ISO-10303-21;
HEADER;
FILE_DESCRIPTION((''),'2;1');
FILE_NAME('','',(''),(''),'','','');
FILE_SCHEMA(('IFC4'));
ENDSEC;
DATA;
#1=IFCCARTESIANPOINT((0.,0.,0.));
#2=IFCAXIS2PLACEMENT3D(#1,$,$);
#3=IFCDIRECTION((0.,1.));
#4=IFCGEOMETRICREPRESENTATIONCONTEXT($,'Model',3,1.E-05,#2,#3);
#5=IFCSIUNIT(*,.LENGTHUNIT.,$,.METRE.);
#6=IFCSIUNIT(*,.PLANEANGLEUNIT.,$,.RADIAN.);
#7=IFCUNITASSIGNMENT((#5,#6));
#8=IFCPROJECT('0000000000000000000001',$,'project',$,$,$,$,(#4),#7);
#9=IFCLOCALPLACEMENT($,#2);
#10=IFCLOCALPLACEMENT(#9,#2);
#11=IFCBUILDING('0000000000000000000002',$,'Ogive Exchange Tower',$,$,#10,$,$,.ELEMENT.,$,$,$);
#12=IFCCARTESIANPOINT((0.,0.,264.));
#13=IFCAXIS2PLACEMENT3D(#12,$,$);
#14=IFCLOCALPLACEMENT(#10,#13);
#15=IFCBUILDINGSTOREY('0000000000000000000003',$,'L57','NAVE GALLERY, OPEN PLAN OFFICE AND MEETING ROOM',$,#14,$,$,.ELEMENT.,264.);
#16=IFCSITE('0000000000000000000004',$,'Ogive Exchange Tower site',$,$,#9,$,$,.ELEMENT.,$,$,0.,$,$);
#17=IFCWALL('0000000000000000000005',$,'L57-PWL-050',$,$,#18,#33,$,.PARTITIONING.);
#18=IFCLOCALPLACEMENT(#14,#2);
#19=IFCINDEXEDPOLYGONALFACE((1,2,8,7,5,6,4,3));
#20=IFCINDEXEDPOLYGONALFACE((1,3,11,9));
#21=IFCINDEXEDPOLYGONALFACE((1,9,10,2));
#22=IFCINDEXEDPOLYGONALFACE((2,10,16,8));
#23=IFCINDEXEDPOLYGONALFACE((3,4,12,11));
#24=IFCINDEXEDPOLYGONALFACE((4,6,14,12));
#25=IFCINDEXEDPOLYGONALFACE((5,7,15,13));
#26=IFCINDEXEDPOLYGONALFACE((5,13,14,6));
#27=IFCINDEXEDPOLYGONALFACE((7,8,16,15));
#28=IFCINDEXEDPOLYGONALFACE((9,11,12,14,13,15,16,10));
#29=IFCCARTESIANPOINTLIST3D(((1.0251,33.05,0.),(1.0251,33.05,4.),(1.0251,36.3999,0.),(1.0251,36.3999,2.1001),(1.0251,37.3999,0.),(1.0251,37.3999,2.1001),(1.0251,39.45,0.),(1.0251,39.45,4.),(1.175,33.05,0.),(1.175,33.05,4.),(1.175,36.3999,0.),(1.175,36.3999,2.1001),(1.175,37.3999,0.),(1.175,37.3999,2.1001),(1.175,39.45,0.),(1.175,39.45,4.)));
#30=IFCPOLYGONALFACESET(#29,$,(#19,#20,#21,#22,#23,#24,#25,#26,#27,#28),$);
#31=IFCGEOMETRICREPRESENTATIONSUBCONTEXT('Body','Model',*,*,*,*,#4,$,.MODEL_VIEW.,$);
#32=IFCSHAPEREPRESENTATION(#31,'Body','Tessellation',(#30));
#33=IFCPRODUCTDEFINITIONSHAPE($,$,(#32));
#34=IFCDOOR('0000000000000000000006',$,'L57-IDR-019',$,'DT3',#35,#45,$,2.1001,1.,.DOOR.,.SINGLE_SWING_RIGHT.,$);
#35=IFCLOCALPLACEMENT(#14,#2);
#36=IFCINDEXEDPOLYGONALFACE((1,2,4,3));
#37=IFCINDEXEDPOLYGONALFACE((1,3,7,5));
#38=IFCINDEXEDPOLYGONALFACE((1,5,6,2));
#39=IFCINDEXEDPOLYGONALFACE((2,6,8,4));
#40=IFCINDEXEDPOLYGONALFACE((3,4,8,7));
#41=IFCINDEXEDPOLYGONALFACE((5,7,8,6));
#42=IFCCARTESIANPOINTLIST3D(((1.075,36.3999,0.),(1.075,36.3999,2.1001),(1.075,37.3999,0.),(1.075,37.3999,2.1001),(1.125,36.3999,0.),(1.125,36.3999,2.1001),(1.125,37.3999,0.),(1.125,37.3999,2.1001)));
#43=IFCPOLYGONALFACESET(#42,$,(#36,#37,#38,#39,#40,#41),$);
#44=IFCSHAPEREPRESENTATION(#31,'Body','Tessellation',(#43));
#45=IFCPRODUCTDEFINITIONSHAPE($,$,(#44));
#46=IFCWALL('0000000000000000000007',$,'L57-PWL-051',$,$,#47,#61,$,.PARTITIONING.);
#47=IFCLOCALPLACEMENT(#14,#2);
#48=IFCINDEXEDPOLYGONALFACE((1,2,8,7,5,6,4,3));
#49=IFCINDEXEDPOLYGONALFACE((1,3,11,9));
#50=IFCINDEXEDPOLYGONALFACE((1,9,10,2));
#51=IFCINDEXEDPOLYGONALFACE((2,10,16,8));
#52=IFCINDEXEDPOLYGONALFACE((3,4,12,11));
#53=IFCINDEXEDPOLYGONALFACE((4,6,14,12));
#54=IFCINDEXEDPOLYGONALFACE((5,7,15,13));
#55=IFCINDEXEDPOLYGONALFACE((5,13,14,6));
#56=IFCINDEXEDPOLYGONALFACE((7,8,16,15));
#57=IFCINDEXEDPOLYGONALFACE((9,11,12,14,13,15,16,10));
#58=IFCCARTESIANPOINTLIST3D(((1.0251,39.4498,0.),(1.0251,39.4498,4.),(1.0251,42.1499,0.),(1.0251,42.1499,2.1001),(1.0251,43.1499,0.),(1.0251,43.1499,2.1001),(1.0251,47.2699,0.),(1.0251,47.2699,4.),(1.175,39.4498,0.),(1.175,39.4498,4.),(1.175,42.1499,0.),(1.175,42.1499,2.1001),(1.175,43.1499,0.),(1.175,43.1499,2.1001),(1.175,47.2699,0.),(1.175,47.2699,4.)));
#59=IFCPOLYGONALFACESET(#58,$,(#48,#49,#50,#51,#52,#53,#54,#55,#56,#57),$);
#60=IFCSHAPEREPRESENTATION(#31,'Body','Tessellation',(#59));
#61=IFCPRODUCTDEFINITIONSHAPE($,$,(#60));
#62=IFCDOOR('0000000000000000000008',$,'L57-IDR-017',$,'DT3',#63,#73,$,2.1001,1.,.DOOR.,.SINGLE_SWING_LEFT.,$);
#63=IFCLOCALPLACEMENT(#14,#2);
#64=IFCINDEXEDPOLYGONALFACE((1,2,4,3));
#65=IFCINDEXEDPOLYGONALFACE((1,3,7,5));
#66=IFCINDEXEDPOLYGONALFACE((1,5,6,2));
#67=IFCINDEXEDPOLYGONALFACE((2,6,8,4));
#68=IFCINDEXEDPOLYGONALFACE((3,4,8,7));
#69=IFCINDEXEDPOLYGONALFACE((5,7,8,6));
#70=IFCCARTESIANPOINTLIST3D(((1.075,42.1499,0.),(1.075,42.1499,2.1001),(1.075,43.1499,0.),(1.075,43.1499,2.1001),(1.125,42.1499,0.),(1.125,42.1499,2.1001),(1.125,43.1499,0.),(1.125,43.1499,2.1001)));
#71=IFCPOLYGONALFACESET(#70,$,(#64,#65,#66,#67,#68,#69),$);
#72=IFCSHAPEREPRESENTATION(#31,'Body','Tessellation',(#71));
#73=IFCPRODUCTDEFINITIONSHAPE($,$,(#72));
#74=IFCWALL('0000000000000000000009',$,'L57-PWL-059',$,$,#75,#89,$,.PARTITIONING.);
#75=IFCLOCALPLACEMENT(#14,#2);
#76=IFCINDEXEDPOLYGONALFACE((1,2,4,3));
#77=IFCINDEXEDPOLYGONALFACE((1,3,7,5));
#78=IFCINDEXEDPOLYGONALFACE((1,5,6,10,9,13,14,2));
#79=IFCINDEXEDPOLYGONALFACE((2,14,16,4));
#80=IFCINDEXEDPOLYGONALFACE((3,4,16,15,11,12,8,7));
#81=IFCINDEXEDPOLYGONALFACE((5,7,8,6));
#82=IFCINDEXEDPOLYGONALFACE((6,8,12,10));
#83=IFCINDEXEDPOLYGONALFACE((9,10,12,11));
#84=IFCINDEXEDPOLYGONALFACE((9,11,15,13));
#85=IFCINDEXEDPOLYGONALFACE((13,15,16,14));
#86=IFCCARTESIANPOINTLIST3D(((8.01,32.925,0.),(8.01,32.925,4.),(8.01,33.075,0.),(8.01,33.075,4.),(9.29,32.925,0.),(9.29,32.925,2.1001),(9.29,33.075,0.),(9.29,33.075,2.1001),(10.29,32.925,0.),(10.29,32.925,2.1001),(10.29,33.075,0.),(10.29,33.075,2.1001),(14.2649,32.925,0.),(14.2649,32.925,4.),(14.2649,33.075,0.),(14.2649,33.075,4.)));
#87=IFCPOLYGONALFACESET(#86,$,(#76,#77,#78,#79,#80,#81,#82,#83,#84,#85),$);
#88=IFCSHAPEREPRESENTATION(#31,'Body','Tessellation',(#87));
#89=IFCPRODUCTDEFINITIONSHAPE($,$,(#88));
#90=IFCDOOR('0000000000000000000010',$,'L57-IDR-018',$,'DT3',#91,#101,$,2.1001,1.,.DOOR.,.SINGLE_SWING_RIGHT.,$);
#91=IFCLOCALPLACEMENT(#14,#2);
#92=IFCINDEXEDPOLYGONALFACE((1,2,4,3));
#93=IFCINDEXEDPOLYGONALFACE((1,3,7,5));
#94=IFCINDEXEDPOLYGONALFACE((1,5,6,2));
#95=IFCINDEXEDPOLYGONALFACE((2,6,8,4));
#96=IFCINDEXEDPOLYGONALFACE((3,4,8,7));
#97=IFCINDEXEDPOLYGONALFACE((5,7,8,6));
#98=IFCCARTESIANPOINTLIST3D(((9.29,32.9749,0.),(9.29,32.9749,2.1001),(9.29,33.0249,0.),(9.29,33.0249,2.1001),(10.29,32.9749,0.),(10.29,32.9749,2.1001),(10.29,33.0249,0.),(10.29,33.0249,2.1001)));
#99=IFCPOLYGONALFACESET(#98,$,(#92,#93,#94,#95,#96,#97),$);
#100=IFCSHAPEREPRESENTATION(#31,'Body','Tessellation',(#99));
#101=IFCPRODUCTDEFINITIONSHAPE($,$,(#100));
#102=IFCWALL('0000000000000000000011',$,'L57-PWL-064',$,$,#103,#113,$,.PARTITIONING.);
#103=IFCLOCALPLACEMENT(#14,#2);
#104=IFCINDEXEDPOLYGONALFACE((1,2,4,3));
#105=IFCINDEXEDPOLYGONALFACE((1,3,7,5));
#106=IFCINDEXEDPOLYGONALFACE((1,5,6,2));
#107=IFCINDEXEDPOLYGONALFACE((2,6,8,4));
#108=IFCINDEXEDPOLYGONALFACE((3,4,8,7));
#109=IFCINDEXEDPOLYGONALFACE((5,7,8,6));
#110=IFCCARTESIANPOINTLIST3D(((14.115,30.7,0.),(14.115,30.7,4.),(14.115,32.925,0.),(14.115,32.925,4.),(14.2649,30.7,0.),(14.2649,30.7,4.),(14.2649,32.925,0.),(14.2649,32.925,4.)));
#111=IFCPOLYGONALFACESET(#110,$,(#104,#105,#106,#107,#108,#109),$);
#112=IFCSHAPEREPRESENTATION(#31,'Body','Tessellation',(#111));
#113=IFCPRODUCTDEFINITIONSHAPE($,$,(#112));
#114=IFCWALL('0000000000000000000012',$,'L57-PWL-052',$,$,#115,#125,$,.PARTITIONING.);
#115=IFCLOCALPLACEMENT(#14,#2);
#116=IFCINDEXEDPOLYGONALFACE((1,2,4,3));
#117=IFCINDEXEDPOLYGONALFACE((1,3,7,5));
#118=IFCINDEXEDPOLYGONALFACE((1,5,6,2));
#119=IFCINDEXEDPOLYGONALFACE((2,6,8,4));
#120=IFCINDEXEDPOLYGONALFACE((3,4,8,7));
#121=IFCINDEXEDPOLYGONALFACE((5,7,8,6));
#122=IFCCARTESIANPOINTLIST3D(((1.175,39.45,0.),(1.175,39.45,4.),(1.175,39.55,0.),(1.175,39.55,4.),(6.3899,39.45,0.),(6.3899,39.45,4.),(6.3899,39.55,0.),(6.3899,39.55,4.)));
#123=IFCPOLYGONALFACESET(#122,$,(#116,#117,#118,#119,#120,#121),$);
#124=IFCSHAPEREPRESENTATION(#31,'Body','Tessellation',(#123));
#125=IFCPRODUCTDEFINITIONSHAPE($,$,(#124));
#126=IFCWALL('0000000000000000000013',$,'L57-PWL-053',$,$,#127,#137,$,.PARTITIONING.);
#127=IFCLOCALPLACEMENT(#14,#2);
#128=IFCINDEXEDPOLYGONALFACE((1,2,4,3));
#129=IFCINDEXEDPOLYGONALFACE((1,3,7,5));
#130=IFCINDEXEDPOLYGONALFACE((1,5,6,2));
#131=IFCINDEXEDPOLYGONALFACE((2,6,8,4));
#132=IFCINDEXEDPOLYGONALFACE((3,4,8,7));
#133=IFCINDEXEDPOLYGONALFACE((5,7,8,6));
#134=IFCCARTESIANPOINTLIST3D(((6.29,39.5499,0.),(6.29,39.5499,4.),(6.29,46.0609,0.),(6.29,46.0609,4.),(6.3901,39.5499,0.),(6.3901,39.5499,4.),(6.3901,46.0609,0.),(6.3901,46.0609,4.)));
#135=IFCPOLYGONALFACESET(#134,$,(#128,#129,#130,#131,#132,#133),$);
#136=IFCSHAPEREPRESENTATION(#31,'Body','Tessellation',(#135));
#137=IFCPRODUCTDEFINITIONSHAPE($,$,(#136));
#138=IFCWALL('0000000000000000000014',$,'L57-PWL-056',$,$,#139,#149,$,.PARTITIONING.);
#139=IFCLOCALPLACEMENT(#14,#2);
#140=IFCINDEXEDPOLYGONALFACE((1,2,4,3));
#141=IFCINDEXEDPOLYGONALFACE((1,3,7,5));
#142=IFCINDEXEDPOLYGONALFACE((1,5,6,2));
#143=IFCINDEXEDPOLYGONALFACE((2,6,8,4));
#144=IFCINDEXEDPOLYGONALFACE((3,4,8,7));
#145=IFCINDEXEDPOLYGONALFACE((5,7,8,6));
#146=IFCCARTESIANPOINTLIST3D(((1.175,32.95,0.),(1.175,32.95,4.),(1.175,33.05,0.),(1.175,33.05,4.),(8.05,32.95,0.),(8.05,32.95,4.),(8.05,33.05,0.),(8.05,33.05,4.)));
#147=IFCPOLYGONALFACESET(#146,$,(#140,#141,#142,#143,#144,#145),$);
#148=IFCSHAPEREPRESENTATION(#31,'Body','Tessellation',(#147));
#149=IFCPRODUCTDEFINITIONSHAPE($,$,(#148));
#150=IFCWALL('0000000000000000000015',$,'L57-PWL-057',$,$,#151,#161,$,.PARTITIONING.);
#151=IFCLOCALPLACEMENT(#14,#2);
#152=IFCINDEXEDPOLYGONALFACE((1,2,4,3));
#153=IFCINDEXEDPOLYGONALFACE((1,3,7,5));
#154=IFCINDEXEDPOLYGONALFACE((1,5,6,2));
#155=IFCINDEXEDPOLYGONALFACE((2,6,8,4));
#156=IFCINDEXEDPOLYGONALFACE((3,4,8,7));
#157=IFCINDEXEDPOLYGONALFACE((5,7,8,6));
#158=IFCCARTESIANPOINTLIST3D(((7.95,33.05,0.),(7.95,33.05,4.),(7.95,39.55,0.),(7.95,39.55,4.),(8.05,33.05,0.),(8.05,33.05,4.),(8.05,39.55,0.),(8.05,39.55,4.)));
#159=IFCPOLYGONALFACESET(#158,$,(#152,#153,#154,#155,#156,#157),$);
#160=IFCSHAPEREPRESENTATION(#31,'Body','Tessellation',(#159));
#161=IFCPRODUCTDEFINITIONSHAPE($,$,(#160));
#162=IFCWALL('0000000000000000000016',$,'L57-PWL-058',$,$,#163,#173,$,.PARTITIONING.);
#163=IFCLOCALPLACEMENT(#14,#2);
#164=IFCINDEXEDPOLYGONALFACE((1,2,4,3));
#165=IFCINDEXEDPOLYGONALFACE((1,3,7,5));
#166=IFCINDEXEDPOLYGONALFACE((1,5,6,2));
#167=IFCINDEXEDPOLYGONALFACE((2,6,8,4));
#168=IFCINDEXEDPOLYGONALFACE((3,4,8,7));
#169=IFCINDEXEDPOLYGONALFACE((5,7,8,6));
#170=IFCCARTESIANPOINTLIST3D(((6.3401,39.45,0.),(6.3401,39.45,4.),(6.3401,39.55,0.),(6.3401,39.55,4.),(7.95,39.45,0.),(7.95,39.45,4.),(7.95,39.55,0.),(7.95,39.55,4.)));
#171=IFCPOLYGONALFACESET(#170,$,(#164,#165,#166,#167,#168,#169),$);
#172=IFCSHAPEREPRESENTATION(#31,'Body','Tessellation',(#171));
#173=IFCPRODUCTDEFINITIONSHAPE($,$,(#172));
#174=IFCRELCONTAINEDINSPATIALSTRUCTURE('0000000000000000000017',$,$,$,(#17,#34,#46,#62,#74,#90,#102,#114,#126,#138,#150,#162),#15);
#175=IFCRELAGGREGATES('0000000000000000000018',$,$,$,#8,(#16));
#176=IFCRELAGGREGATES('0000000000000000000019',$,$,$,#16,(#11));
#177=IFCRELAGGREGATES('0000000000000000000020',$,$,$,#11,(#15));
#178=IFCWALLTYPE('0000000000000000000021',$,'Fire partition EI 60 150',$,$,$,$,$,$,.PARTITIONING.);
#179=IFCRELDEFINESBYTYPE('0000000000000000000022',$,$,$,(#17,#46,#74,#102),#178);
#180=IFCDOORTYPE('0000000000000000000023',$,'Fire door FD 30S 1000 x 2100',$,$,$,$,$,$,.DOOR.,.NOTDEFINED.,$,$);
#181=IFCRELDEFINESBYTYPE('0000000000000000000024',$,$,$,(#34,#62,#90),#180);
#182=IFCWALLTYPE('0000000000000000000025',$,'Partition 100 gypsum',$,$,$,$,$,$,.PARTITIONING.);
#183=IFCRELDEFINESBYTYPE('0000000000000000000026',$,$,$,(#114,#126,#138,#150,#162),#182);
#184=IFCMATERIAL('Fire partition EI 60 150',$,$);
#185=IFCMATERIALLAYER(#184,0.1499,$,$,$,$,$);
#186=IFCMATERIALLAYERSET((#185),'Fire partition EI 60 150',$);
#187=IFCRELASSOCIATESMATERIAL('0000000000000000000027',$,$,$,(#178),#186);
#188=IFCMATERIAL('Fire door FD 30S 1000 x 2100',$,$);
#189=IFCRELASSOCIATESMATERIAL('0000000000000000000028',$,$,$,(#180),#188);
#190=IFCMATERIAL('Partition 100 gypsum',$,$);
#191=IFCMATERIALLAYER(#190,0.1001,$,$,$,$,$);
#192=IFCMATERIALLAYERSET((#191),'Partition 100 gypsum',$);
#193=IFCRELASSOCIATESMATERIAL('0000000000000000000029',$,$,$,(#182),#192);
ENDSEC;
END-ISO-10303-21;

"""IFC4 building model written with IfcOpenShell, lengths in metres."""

from ifc_helpers import new_model, si_unit, direction, frame, frame_2d, origin, place, context, subcontext, project, spatial, rectangle, extrude, material, layer, layer_set, type_object, element, fill, save


model = new_model("IFC4")

# Units and contexts
model_context = context("Model", 3, precision=1e-05, world=origin(), true_north=direction((0.0, 1.0)))
body_context = subcontext(model_context, "Body", "Model", "MODEL_VIEW")
ifc_project = project(units=[si_unit("LENGTHUNIT", "METRE"), si_unit("PLANEANGLEUNIT", "RADIAN")], contexts=[model_context])

# Site, building, storey
site_placement = place(None, origin())
site = spatial("IfcSite", under=ifc_project, at=site_placement, Name="Ogive Exchange Tower site", CompositionType="ELEMENT", RefElevation=0.0)
building_placement = place(site_placement, origin())
building = spatial("IfcBuilding", under=site, at=building_placement, Name="Ogive Exchange Tower", CompositionType="ELEMENT")
storey_placement = place(building_placement, frame((0.0, 0.0, 264.0)))
storey = spatial("IfcBuildingStorey", under=building, at=storey_placement, Name="L57", Description="NAVE GALLERY, OPEN PLAN OFFICE AND MEETING ROOM", CompositionType="ELEMENT", Elevation=264.0)

# Walls, openings, doors
ifc_material_1 = material(Name="Fire partition EI 60 150")
ifc_layer_1 = layer(ifc_material_1, 0.1499)
ifc_layer_set_1 = layer_set([ifc_layer_1], Name="Fire partition EI 60 150")
wall_type_1 = type_object("IfcWallType", Name="Fire partition EI 60 150", PredefinedType="PARTITIONING", material=ifc_layer_set_1)
ifc_material_2 = material(Name="Fire door FD 30S 1000 x 2100")
door_type = type_object("IfcDoorType", Name="Fire door FD 30S 1000 x 2100", OperationType="NOTDEFINED", PredefinedType="DOOR", material=ifc_material_2)
wall_1_placement = place(storey_placement, frame((1.1001, 39.45, 0.0), z_axis=(0.0, 0.0, 1.0), x_axis=(0.0, -1.0, 0.0)))
wall_1 = element("IfcWall", 1, at=wall_1_placement, inside=storey, type_object=wall_type_1, Name="L57-PWL-050", PredefinedType="PARTITIONING", context=body_context, shape_type="SweptSolid", body=[
    extrude(rectangle(XDim=6.3999, YDim=0.1499, at=frame_2d((3.2, 0.0))), origin(), (0.0, 0.0, 1.0), 4.0),
])
opening_1_placement = place(wall_1_placement, frame((2.05, 0.0, 0.0)))
opening_1 = element("IfcOpeningElement", 2, at=opening_1_placement, cuts=wall_1, PredefinedType="OPENING", context=body_context, shape_type="SweptSolid", body=[
    extrude(rectangle(XDim=1.0, YDim=2.1001, at=frame_2d((0.5, 1.05))), frame((0.0, 0.085, 0.0), z_axis=(0.0, -1.0, 0.0), x_axis=(1.0, 0.0, 0.0)), (0.0, 0.0, 1.0), 0.1699),
])
door_1_placement = place(opening_1_placement, origin())
door_1 = element("IfcDoor", 3, at=door_1_placement, inside=storey, type_object=door_type, Name="L57-IDR-019", ObjectType="DT3", OperationType="SINGLE_SWING_RIGHT", OverallHeight=2.1001, OverallWidth=1.0, PredefinedType="DOOR", context=body_context, shape_type="SweptSolid", body=[
    extrude(rectangle(XDim=1.0, YDim=2.1001, at=frame_2d((0.5, 1.05))), frame((0.0, 0.0249, 0.0), z_axis=(0.0, -1.0, 0.0), x_axis=(1.0, 0.0, 0.0)), (0.0, 0.0, 1.0), 0.05),
])
fill(opening_1, door_1)
wall_2_placement = place(storey_placement, frame((1.1001, 47.27, 0.0), z_axis=(0.0, 0.0, 1.0), x_axis=(0.0, -1.0, 0.0)))
wall_2 = element("IfcWall", 4, at=wall_2_placement, inside=storey, type_object=wall_type_1, Name="L57-PWL-051", PredefinedType="PARTITIONING", context=body_context, shape_type="SweptSolid", body=[
    extrude(rectangle(XDim=7.8201, YDim=0.1499, at=frame_2d((3.9102, 0.0))), origin(), (0.0, 0.0, 1.0), 4.0),
])
opening_2_placement = place(wall_2_placement, frame((4.1201, 0.0, 0.0)))
opening_2 = element("IfcOpeningElement", 5, at=opening_2_placement, cuts=wall_2, PredefinedType="OPENING", context=body_context, shape_type="SweptSolid", body=[
    extrude(rectangle(XDim=1.0, YDim=2.1001, at=frame_2d((0.5, 1.05))), frame((0.0, 0.085, 0.0), z_axis=(0.0, -1.0, 0.0), x_axis=(1.0, 0.0, 0.0)), (0.0, 0.0, 1.0), 0.1699),
])
door_2_placement = place(opening_2_placement, origin())
door_2 = element("IfcDoor", 6, at=door_2_placement, inside=storey, type_object=door_type, Name="L57-IDR-017", ObjectType="DT3", OperationType="SINGLE_SWING_LEFT", OverallHeight=2.1001, OverallWidth=1.0, PredefinedType="DOOR", context=body_context, shape_type="SweptSolid", body=[
    extrude(rectangle(XDim=1.0, YDim=2.1001, at=frame_2d((0.5, 1.05))), frame((0.0, 0.0249, 0.0), z_axis=(0.0, -1.0, 0.0), x_axis=(1.0, 0.0, 0.0)), (0.0, 0.0, 1.0), 0.05),
])
fill(opening_2, door_2)
wall_3_placement = place(storey_placement, frame((8.01, 33.0, 0.0), z_axis=(0.0, 0.0, 1.0), x_axis=(1.0, 0.0, 0.0)))
wall_3 = element("IfcWall", 7, at=wall_3_placement, inside=storey, type_object=wall_type_1, Name="L57-PWL-059", PredefinedType="PARTITIONING", context=body_context, shape_type="SweptSolid", body=[
    extrude(rectangle(XDim=6.2549, YDim=0.1499, at=frame_2d((3.1274, 0.0))), origin(), (0.0, 0.0, 1.0), 4.0),
])
opening_3_placement = place(wall_3_placement, frame((1.28, 0.0, 0.0)))
opening_3 = element("IfcOpeningElement", 8, at=opening_3_placement, cuts=wall_3, PredefinedType="OPENING", context=body_context, shape_type="SweptSolid", body=[
    extrude(rectangle(XDim=1.0, YDim=2.1001, at=frame_2d((0.5, 1.05))), frame((0.0, 0.085, 0.0), z_axis=(0.0, -1.0, 0.0), x_axis=(1.0, 0.0, 0.0)), (0.0, 0.0, 1.0), 0.1699),
])
door_3_placement = place(opening_3_placement, origin())
door_3 = element("IfcDoor", 9, at=door_3_placement, inside=storey, type_object=door_type, Name="L57-IDR-018", ObjectType="DT3", OperationType="SINGLE_SWING_RIGHT", OverallHeight=2.1001, OverallWidth=1.0, PredefinedType="DOOR", context=body_context, shape_type="SweptSolid", body=[
    extrude(rectangle(XDim=1.0, YDim=2.1001, at=frame_2d((0.5, 1.05))), frame((0.0, 0.0249, 0.0), z_axis=(0.0, -1.0, 0.0), x_axis=(1.0, 0.0, 0.0)), (0.0, 0.0, 1.0), 0.05),
])
fill(opening_3, door_3)

# Walls
wall_4_placement = place(storey_placement, frame((14.1899, 32.925, 0.0), z_axis=(0.0, 0.0, 1.0), x_axis=(0.0, -1.0, 0.0)))
element("IfcWall", 10, at=wall_4_placement, inside=storey, type_object=wall_type_1, Name="L57-PWL-064", PredefinedType="PARTITIONING", context=body_context, shape_type="SweptSolid", body=[
    extrude(rectangle(XDim=2.2251, YDim=0.1499, at=frame_2d((1.1125, 0.0))), origin(), (0.0, 0.0, 1.0), 4.0),
])
ifc_material_3 = material(Name="Partition 100 gypsum")
ifc_layer_2 = layer(ifc_material_3, 0.1001)
ifc_layer_set_2 = layer_set([ifc_layer_2], Name="Partition 100 gypsum")
wall_type_2 = type_object("IfcWallType", Name="Partition 100 gypsum", PredefinedType="PARTITIONING", material=ifc_layer_set_2)
wall_5_placement = place(storey_placement, frame((6.3899, 39.5, 0.0), z_axis=(0.0, 0.0, 1.0), x_axis=(-1.0, 0.0, 0.0)))
element("IfcWall", 11, at=wall_5_placement, inside=storey, type_object=wall_type_2, Name="L57-PWL-052", PredefinedType="PARTITIONING", context=body_context, shape_type="SweptSolid", body=[
    extrude(rectangle(XDim=5.2148, YDim=0.1001, at=frame_2d((2.6074, 0.0))), origin(), (0.0, 0.0, 1.0), 4.0),
])
wall_6_placement = place(storey_placement, frame((6.3401, 39.55, 0.0), z_axis=(0.0, 0.0, 1.0), x_axis=(0.0, 1.0, 0.0)))
element("IfcWall", 12, at=wall_6_placement, inside=storey, type_object=wall_type_2, Name="L57-PWL-053", PredefinedType="PARTITIONING", context=body_context, shape_type="SweptSolid", body=[
    extrude(rectangle(XDim=6.511, YDim=0.1001, at=frame_2d((3.2554, 0.0))), origin(), (0.0, 0.0, 1.0), 4.0),
])
wall_7_placement = place(storey_placement, frame((8.05, 33.0, 0.0), z_axis=(0.0, 0.0, 1.0), x_axis=(-1.0, 0.0, 0.0)))
element("IfcWall", 13, at=wall_7_placement, inside=storey, type_object=wall_type_2, Name="L57-PWL-056", PredefinedType="PARTITIONING", context=body_context, shape_type="SweptSolid", body=[
    extrude(rectangle(XDim=6.875, YDim=0.1001, at=frame_2d((3.4375, 0.0))), origin(), (0.0, 0.0, 1.0), 4.0),
])
wall_8_placement = place(storey_placement, frame((8.0, 33.05, 0.0), z_axis=(0.0, 0.0, 1.0), x_axis=(0.0, 1.0, 0.0)))
element("IfcWall", 14, at=wall_8_placement, inside=storey, type_object=wall_type_2, Name="L57-PWL-057", PredefinedType="PARTITIONING", context=body_context, shape_type="SweptSolid", body=[
    extrude(rectangle(XDim=6.5, YDim=0.1001, at=frame_2d((3.25, 0.0))), origin(), (0.0, 0.0, 1.0), 4.0),
])
wall_9_placement = place(storey_placement, frame((7.95, 39.5, 0.0), z_axis=(0.0, 0.0, 1.0), x_axis=(-1.0, 0.0, 0.0)))
element("IfcWall", 15, at=wall_9_placement, inside=storey, type_object=wall_type_2, Name="L57-PWL-058", PredefinedType="PARTITIONING", context=body_context, shape_type="SweptSolid", body=[
    extrude(rectangle(XDim=1.6099, YDim=0.1001, at=frame_2d((0.8049, 0.0))), origin(), (0.0, 0.0, 1.0), 4.0),
])

save(model, "model.ifc")
